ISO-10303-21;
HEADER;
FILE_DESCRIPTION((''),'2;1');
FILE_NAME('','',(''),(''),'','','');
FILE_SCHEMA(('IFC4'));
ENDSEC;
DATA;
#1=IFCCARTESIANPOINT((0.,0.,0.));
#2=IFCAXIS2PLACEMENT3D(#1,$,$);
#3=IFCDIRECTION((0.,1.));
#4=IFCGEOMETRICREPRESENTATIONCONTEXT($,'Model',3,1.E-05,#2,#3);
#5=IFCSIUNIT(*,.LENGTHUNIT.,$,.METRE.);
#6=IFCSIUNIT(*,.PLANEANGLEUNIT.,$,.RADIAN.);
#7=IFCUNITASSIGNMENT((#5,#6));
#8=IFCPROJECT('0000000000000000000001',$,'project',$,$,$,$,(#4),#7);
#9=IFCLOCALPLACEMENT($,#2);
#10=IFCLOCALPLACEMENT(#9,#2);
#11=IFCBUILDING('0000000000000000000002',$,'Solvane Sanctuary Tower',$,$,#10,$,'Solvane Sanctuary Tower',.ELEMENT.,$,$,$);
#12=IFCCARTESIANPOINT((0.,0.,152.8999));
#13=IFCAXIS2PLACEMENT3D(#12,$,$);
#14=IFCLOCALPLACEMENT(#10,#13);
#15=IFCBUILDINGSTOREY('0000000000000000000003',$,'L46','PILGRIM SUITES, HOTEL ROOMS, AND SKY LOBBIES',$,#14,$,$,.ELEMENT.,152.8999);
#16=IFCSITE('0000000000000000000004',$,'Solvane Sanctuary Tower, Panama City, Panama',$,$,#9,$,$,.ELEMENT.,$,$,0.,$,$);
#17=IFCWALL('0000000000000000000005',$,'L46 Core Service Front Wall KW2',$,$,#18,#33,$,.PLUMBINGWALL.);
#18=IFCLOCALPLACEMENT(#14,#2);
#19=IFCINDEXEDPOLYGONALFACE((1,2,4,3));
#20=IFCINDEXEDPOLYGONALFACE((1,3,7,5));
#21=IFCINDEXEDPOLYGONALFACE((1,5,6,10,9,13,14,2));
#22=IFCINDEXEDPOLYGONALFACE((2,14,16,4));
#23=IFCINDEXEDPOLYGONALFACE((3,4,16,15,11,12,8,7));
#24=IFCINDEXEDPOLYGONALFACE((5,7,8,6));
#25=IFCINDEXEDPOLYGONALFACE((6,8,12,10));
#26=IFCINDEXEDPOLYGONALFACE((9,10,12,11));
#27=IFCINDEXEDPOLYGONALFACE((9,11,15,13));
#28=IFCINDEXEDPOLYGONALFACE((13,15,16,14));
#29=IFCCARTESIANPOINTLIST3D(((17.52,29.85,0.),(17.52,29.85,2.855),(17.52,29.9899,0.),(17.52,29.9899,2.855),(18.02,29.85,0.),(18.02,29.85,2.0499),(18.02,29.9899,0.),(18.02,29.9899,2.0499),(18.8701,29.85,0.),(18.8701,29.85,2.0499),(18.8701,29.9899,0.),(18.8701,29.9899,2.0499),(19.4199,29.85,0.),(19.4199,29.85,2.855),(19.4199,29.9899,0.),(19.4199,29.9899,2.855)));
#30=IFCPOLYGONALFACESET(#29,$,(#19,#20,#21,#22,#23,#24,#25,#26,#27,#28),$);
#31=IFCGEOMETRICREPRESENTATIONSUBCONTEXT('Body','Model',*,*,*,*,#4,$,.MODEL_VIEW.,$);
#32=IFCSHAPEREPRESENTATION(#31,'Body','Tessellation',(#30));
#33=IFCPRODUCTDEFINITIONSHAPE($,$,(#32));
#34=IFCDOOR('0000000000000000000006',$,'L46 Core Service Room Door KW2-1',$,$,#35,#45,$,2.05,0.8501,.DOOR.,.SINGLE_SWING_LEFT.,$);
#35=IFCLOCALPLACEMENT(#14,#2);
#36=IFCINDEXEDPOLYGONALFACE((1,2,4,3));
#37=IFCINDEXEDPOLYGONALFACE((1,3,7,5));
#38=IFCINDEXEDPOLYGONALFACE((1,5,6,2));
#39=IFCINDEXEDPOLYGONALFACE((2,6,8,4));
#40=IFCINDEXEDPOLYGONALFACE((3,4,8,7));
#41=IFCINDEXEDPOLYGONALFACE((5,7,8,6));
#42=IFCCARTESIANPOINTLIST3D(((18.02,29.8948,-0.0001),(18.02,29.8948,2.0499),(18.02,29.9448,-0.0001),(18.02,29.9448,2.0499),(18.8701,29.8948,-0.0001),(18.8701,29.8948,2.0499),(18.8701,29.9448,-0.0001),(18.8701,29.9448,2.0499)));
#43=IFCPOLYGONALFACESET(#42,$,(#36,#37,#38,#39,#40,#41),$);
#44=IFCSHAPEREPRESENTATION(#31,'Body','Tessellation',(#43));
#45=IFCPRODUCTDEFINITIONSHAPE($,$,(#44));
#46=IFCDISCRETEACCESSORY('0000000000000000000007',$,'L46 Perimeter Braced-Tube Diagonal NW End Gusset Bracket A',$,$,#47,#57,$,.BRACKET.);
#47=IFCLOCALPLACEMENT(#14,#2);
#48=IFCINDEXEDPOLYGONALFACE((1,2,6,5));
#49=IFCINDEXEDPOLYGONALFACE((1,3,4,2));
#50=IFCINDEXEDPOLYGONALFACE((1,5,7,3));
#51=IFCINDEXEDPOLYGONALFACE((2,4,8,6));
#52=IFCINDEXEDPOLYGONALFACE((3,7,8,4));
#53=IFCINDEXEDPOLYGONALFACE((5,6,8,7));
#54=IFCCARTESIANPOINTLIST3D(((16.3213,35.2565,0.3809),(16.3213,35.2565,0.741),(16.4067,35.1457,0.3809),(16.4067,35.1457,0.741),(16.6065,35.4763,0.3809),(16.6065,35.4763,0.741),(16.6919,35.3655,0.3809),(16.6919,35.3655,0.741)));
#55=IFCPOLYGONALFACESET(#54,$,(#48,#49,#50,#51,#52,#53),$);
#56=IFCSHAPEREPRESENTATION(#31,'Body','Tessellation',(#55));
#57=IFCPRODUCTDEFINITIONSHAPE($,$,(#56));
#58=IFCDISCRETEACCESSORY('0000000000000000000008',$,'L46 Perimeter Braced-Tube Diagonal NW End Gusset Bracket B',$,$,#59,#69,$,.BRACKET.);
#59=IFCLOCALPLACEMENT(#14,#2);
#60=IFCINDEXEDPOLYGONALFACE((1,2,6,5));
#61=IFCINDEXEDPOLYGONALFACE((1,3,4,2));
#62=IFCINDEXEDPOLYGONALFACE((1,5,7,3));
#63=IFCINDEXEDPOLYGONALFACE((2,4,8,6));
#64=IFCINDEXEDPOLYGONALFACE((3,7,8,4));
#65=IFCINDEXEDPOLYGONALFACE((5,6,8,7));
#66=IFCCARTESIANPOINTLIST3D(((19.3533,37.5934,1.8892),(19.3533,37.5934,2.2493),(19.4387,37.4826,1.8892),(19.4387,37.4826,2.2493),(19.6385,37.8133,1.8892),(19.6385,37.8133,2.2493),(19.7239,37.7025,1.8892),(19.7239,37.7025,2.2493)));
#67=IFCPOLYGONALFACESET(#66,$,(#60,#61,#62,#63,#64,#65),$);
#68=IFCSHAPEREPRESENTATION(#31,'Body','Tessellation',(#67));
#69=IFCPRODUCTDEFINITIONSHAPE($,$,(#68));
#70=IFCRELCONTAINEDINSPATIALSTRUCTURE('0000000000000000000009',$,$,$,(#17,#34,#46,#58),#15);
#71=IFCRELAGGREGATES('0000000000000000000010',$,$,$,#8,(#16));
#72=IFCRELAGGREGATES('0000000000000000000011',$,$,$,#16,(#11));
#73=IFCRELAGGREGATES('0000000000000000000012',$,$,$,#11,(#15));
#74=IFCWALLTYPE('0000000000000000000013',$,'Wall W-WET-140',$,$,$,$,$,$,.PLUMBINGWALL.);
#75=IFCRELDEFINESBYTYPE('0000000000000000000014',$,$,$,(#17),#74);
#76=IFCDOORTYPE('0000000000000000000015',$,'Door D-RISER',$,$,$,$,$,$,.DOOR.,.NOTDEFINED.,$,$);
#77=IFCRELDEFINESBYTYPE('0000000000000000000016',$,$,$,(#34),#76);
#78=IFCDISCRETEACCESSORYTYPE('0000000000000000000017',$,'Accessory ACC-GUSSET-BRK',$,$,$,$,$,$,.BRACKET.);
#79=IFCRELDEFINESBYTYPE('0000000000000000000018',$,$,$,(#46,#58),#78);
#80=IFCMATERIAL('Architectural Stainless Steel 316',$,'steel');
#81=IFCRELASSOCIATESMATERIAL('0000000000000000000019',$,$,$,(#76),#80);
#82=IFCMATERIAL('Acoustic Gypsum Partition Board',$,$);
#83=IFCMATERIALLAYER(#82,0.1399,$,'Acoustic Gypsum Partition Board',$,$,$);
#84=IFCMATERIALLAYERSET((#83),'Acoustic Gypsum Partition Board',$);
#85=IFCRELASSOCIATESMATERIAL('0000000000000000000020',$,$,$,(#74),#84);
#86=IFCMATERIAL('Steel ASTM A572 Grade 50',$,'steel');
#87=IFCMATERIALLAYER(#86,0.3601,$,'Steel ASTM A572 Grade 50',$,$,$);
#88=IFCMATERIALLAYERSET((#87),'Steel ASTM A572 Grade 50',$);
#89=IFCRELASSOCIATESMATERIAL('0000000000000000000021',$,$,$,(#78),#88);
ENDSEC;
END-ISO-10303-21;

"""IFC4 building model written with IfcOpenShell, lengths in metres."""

from ifc_helpers import new_model, si_unit, direction, frame, frame_2d, origin, origin_2d, place, context, subcontext, project, spatial, rectangle, extrude, material, layer, layer_set, type_object, element, fill, save


model = new_model("IFC4")

# Units and contexts
model_context = context("Model", 3, precision=1e-05, world=origin(), true_north=direction((0.0, 1.0)))
body_context = subcontext(model_context, "Body", "Model", "MODEL_VIEW")
ifc_project = project(units=[si_unit("LENGTHUNIT", "METRE"), si_unit("PLANEANGLEUNIT", "RADIAN")], contexts=[model_context])

# Site, building, storey
site_placement = place(None, origin())
site = spatial("IfcSite", under=ifc_project, at=site_placement, Name="Solvane Sanctuary Tower, Panama City, Panama", CompositionType="ELEMENT", RefElevation=0.0)
building_placement = place(site_placement, origin())
building = spatial("IfcBuilding", under=site, at=building_placement, Name="Solvane Sanctuary Tower", LongName="Solvane Sanctuary Tower", CompositionType="ELEMENT")
storey_placement = place(building_placement, frame((0.0, 0.0, 152.8999)))
storey = spatial("IfcBuildingStorey", under=building, at=storey_placement, Name="L46", Description="PILGRIM SUITES, HOTEL ROOMS, AND SKY LOBBIES", CompositionType="ELEMENT", Elevation=152.8999)

# Shared definitions
ifc_material_1 = material(Name="Acoustic Gypsum Partition Board")

# Shared definitions
ifc_material_2 = material(Name="Architectural Stainless Steel 316", Category="steel")
door_type_1 = type_object("IfcDoorType", Name="Door D-RISER", OperationType="NOTDEFINED", PredefinedType="DOOR", material=ifc_material_2)

# Wall, opening, door
ifc_layer_1 = layer(ifc_material_1, 0.1399, Name="Acoustic Gypsum Partition Board")
ifc_layer_set_1 = layer_set([ifc_layer_1], Name="Acoustic Gypsum Partition Board")
wall_type_1 = type_object("IfcWallType", Name="Wall W-WET-140", PredefinedType="PLUMBINGWALL", material=ifc_layer_set_1)
wall_1_placement = place(storey_placement, frame((17.52, 29.9199, 0.0), z_axis=(0.0, 0.0, 1.0), x_axis=(1.0, 0.0, 0.0)))
wall_1 = element("IfcWall", 1, at=wall_1_placement, inside=storey, type_object=wall_type_1, Name="L46 Core Service Front Wall KW2", PredefinedType="PLUMBINGWALL", context=body_context, shape_type="SweptSolid", body=[
    extrude(rectangle(XDim=1.8999, YDim=0.1399, at=frame_2d((0.95, 0.0))), origin(), (0.0, 0.0, 1.0), 2.855),
])
opening_1_placement = place(wall_1_placement, frame((0.5, 0.0, 0.0)))
opening_1 = element("IfcOpeningElement", 2, at=opening_1_placement, cuts=wall_1, PredefinedType="OPENING", context=body_context, shape_type="SweptSolid", body=[
    extrude(rectangle(XDim=0.8501, YDim=2.05, at=frame_2d((0.425, 1.0249))), frame((0.0, 0.0798, 0.0), z_axis=(0.0, -1.0, 0.0), x_axis=(1.0, 0.0, 0.0)), (0.0, 0.0, 1.0), 0.1599),
])
door_1_placement = place(opening_1_placement, origin())
door_1 = element("IfcDoor", 3, at=door_1_placement, inside=storey, type_object=door_type_1, Name="L46 Core Service Room Door KW2-1", OperationType="SINGLE_SWING_LEFT", OverallHeight=2.05, OverallWidth=0.8501, PredefinedType="DOOR", context=body_context, shape_type="SweptSolid", body=[
    extrude(rectangle(XDim=0.8501, YDim=2.05, at=frame_2d((0.425, 1.0249))), frame((0.0, 0.0249, 0.0), z_axis=(0.0, -1.0, 0.0), x_axis=(1.0, 0.0, 0.0)), (0.0, 0.0, 1.0), 0.05),
])
fill(opening_1, door_1)

# Discrete accessories
ifc_material_3 = material(Name="Steel ASTM A572 Grade 50", Category="steel")
ifc_layer_2 = layer(ifc_material_3, 0.3601, Name="Steel ASTM A572 Grade 50")
ifc_layer_set_2 = layer_set([ifc_layer_2], Name="Steel ASTM A572 Grade 50")
discrete_accessory_type = type_object("IfcDiscreteAccessoryType", Name="Accessory ACC-GUSSET-BRK", PredefinedType="BRACKET", material=ifc_layer_set_2)
for number, where, z_axis, x_axis, name in (
    (4, (16.5066, 35.311, 0.3809), (0.0, 0.0, 1.0), (0.792077, 0.610422, 0.0), "L46 Perimeter Braced-Tube Diagonal NW End Gusset Bracket A"),
    (5, (19.5386, 37.6479, 1.8892), (0.0, 0.0, 1.0), (0.792077, 0.610422, 0.0), "L46 Perimeter Braced-Tube Diagonal NW End Gusset Bracket B"),
):
    element("IfcDiscreteAccessory", number, at=place(storey_placement, frame(where, z_axis=z_axis, x_axis=x_axis)), inside=storey, type_object=discrete_accessory_type, Name=name, PredefinedType="BRACKET", context=body_context, shape_type="SweptSolid", body=[
        extrude(rectangle(XDim=0.3601, YDim=0.1399, at=origin_2d()), origin(), (0.0, 0.0, 1.0), 0.3601),
    ])

save(model, "model.ifc")
